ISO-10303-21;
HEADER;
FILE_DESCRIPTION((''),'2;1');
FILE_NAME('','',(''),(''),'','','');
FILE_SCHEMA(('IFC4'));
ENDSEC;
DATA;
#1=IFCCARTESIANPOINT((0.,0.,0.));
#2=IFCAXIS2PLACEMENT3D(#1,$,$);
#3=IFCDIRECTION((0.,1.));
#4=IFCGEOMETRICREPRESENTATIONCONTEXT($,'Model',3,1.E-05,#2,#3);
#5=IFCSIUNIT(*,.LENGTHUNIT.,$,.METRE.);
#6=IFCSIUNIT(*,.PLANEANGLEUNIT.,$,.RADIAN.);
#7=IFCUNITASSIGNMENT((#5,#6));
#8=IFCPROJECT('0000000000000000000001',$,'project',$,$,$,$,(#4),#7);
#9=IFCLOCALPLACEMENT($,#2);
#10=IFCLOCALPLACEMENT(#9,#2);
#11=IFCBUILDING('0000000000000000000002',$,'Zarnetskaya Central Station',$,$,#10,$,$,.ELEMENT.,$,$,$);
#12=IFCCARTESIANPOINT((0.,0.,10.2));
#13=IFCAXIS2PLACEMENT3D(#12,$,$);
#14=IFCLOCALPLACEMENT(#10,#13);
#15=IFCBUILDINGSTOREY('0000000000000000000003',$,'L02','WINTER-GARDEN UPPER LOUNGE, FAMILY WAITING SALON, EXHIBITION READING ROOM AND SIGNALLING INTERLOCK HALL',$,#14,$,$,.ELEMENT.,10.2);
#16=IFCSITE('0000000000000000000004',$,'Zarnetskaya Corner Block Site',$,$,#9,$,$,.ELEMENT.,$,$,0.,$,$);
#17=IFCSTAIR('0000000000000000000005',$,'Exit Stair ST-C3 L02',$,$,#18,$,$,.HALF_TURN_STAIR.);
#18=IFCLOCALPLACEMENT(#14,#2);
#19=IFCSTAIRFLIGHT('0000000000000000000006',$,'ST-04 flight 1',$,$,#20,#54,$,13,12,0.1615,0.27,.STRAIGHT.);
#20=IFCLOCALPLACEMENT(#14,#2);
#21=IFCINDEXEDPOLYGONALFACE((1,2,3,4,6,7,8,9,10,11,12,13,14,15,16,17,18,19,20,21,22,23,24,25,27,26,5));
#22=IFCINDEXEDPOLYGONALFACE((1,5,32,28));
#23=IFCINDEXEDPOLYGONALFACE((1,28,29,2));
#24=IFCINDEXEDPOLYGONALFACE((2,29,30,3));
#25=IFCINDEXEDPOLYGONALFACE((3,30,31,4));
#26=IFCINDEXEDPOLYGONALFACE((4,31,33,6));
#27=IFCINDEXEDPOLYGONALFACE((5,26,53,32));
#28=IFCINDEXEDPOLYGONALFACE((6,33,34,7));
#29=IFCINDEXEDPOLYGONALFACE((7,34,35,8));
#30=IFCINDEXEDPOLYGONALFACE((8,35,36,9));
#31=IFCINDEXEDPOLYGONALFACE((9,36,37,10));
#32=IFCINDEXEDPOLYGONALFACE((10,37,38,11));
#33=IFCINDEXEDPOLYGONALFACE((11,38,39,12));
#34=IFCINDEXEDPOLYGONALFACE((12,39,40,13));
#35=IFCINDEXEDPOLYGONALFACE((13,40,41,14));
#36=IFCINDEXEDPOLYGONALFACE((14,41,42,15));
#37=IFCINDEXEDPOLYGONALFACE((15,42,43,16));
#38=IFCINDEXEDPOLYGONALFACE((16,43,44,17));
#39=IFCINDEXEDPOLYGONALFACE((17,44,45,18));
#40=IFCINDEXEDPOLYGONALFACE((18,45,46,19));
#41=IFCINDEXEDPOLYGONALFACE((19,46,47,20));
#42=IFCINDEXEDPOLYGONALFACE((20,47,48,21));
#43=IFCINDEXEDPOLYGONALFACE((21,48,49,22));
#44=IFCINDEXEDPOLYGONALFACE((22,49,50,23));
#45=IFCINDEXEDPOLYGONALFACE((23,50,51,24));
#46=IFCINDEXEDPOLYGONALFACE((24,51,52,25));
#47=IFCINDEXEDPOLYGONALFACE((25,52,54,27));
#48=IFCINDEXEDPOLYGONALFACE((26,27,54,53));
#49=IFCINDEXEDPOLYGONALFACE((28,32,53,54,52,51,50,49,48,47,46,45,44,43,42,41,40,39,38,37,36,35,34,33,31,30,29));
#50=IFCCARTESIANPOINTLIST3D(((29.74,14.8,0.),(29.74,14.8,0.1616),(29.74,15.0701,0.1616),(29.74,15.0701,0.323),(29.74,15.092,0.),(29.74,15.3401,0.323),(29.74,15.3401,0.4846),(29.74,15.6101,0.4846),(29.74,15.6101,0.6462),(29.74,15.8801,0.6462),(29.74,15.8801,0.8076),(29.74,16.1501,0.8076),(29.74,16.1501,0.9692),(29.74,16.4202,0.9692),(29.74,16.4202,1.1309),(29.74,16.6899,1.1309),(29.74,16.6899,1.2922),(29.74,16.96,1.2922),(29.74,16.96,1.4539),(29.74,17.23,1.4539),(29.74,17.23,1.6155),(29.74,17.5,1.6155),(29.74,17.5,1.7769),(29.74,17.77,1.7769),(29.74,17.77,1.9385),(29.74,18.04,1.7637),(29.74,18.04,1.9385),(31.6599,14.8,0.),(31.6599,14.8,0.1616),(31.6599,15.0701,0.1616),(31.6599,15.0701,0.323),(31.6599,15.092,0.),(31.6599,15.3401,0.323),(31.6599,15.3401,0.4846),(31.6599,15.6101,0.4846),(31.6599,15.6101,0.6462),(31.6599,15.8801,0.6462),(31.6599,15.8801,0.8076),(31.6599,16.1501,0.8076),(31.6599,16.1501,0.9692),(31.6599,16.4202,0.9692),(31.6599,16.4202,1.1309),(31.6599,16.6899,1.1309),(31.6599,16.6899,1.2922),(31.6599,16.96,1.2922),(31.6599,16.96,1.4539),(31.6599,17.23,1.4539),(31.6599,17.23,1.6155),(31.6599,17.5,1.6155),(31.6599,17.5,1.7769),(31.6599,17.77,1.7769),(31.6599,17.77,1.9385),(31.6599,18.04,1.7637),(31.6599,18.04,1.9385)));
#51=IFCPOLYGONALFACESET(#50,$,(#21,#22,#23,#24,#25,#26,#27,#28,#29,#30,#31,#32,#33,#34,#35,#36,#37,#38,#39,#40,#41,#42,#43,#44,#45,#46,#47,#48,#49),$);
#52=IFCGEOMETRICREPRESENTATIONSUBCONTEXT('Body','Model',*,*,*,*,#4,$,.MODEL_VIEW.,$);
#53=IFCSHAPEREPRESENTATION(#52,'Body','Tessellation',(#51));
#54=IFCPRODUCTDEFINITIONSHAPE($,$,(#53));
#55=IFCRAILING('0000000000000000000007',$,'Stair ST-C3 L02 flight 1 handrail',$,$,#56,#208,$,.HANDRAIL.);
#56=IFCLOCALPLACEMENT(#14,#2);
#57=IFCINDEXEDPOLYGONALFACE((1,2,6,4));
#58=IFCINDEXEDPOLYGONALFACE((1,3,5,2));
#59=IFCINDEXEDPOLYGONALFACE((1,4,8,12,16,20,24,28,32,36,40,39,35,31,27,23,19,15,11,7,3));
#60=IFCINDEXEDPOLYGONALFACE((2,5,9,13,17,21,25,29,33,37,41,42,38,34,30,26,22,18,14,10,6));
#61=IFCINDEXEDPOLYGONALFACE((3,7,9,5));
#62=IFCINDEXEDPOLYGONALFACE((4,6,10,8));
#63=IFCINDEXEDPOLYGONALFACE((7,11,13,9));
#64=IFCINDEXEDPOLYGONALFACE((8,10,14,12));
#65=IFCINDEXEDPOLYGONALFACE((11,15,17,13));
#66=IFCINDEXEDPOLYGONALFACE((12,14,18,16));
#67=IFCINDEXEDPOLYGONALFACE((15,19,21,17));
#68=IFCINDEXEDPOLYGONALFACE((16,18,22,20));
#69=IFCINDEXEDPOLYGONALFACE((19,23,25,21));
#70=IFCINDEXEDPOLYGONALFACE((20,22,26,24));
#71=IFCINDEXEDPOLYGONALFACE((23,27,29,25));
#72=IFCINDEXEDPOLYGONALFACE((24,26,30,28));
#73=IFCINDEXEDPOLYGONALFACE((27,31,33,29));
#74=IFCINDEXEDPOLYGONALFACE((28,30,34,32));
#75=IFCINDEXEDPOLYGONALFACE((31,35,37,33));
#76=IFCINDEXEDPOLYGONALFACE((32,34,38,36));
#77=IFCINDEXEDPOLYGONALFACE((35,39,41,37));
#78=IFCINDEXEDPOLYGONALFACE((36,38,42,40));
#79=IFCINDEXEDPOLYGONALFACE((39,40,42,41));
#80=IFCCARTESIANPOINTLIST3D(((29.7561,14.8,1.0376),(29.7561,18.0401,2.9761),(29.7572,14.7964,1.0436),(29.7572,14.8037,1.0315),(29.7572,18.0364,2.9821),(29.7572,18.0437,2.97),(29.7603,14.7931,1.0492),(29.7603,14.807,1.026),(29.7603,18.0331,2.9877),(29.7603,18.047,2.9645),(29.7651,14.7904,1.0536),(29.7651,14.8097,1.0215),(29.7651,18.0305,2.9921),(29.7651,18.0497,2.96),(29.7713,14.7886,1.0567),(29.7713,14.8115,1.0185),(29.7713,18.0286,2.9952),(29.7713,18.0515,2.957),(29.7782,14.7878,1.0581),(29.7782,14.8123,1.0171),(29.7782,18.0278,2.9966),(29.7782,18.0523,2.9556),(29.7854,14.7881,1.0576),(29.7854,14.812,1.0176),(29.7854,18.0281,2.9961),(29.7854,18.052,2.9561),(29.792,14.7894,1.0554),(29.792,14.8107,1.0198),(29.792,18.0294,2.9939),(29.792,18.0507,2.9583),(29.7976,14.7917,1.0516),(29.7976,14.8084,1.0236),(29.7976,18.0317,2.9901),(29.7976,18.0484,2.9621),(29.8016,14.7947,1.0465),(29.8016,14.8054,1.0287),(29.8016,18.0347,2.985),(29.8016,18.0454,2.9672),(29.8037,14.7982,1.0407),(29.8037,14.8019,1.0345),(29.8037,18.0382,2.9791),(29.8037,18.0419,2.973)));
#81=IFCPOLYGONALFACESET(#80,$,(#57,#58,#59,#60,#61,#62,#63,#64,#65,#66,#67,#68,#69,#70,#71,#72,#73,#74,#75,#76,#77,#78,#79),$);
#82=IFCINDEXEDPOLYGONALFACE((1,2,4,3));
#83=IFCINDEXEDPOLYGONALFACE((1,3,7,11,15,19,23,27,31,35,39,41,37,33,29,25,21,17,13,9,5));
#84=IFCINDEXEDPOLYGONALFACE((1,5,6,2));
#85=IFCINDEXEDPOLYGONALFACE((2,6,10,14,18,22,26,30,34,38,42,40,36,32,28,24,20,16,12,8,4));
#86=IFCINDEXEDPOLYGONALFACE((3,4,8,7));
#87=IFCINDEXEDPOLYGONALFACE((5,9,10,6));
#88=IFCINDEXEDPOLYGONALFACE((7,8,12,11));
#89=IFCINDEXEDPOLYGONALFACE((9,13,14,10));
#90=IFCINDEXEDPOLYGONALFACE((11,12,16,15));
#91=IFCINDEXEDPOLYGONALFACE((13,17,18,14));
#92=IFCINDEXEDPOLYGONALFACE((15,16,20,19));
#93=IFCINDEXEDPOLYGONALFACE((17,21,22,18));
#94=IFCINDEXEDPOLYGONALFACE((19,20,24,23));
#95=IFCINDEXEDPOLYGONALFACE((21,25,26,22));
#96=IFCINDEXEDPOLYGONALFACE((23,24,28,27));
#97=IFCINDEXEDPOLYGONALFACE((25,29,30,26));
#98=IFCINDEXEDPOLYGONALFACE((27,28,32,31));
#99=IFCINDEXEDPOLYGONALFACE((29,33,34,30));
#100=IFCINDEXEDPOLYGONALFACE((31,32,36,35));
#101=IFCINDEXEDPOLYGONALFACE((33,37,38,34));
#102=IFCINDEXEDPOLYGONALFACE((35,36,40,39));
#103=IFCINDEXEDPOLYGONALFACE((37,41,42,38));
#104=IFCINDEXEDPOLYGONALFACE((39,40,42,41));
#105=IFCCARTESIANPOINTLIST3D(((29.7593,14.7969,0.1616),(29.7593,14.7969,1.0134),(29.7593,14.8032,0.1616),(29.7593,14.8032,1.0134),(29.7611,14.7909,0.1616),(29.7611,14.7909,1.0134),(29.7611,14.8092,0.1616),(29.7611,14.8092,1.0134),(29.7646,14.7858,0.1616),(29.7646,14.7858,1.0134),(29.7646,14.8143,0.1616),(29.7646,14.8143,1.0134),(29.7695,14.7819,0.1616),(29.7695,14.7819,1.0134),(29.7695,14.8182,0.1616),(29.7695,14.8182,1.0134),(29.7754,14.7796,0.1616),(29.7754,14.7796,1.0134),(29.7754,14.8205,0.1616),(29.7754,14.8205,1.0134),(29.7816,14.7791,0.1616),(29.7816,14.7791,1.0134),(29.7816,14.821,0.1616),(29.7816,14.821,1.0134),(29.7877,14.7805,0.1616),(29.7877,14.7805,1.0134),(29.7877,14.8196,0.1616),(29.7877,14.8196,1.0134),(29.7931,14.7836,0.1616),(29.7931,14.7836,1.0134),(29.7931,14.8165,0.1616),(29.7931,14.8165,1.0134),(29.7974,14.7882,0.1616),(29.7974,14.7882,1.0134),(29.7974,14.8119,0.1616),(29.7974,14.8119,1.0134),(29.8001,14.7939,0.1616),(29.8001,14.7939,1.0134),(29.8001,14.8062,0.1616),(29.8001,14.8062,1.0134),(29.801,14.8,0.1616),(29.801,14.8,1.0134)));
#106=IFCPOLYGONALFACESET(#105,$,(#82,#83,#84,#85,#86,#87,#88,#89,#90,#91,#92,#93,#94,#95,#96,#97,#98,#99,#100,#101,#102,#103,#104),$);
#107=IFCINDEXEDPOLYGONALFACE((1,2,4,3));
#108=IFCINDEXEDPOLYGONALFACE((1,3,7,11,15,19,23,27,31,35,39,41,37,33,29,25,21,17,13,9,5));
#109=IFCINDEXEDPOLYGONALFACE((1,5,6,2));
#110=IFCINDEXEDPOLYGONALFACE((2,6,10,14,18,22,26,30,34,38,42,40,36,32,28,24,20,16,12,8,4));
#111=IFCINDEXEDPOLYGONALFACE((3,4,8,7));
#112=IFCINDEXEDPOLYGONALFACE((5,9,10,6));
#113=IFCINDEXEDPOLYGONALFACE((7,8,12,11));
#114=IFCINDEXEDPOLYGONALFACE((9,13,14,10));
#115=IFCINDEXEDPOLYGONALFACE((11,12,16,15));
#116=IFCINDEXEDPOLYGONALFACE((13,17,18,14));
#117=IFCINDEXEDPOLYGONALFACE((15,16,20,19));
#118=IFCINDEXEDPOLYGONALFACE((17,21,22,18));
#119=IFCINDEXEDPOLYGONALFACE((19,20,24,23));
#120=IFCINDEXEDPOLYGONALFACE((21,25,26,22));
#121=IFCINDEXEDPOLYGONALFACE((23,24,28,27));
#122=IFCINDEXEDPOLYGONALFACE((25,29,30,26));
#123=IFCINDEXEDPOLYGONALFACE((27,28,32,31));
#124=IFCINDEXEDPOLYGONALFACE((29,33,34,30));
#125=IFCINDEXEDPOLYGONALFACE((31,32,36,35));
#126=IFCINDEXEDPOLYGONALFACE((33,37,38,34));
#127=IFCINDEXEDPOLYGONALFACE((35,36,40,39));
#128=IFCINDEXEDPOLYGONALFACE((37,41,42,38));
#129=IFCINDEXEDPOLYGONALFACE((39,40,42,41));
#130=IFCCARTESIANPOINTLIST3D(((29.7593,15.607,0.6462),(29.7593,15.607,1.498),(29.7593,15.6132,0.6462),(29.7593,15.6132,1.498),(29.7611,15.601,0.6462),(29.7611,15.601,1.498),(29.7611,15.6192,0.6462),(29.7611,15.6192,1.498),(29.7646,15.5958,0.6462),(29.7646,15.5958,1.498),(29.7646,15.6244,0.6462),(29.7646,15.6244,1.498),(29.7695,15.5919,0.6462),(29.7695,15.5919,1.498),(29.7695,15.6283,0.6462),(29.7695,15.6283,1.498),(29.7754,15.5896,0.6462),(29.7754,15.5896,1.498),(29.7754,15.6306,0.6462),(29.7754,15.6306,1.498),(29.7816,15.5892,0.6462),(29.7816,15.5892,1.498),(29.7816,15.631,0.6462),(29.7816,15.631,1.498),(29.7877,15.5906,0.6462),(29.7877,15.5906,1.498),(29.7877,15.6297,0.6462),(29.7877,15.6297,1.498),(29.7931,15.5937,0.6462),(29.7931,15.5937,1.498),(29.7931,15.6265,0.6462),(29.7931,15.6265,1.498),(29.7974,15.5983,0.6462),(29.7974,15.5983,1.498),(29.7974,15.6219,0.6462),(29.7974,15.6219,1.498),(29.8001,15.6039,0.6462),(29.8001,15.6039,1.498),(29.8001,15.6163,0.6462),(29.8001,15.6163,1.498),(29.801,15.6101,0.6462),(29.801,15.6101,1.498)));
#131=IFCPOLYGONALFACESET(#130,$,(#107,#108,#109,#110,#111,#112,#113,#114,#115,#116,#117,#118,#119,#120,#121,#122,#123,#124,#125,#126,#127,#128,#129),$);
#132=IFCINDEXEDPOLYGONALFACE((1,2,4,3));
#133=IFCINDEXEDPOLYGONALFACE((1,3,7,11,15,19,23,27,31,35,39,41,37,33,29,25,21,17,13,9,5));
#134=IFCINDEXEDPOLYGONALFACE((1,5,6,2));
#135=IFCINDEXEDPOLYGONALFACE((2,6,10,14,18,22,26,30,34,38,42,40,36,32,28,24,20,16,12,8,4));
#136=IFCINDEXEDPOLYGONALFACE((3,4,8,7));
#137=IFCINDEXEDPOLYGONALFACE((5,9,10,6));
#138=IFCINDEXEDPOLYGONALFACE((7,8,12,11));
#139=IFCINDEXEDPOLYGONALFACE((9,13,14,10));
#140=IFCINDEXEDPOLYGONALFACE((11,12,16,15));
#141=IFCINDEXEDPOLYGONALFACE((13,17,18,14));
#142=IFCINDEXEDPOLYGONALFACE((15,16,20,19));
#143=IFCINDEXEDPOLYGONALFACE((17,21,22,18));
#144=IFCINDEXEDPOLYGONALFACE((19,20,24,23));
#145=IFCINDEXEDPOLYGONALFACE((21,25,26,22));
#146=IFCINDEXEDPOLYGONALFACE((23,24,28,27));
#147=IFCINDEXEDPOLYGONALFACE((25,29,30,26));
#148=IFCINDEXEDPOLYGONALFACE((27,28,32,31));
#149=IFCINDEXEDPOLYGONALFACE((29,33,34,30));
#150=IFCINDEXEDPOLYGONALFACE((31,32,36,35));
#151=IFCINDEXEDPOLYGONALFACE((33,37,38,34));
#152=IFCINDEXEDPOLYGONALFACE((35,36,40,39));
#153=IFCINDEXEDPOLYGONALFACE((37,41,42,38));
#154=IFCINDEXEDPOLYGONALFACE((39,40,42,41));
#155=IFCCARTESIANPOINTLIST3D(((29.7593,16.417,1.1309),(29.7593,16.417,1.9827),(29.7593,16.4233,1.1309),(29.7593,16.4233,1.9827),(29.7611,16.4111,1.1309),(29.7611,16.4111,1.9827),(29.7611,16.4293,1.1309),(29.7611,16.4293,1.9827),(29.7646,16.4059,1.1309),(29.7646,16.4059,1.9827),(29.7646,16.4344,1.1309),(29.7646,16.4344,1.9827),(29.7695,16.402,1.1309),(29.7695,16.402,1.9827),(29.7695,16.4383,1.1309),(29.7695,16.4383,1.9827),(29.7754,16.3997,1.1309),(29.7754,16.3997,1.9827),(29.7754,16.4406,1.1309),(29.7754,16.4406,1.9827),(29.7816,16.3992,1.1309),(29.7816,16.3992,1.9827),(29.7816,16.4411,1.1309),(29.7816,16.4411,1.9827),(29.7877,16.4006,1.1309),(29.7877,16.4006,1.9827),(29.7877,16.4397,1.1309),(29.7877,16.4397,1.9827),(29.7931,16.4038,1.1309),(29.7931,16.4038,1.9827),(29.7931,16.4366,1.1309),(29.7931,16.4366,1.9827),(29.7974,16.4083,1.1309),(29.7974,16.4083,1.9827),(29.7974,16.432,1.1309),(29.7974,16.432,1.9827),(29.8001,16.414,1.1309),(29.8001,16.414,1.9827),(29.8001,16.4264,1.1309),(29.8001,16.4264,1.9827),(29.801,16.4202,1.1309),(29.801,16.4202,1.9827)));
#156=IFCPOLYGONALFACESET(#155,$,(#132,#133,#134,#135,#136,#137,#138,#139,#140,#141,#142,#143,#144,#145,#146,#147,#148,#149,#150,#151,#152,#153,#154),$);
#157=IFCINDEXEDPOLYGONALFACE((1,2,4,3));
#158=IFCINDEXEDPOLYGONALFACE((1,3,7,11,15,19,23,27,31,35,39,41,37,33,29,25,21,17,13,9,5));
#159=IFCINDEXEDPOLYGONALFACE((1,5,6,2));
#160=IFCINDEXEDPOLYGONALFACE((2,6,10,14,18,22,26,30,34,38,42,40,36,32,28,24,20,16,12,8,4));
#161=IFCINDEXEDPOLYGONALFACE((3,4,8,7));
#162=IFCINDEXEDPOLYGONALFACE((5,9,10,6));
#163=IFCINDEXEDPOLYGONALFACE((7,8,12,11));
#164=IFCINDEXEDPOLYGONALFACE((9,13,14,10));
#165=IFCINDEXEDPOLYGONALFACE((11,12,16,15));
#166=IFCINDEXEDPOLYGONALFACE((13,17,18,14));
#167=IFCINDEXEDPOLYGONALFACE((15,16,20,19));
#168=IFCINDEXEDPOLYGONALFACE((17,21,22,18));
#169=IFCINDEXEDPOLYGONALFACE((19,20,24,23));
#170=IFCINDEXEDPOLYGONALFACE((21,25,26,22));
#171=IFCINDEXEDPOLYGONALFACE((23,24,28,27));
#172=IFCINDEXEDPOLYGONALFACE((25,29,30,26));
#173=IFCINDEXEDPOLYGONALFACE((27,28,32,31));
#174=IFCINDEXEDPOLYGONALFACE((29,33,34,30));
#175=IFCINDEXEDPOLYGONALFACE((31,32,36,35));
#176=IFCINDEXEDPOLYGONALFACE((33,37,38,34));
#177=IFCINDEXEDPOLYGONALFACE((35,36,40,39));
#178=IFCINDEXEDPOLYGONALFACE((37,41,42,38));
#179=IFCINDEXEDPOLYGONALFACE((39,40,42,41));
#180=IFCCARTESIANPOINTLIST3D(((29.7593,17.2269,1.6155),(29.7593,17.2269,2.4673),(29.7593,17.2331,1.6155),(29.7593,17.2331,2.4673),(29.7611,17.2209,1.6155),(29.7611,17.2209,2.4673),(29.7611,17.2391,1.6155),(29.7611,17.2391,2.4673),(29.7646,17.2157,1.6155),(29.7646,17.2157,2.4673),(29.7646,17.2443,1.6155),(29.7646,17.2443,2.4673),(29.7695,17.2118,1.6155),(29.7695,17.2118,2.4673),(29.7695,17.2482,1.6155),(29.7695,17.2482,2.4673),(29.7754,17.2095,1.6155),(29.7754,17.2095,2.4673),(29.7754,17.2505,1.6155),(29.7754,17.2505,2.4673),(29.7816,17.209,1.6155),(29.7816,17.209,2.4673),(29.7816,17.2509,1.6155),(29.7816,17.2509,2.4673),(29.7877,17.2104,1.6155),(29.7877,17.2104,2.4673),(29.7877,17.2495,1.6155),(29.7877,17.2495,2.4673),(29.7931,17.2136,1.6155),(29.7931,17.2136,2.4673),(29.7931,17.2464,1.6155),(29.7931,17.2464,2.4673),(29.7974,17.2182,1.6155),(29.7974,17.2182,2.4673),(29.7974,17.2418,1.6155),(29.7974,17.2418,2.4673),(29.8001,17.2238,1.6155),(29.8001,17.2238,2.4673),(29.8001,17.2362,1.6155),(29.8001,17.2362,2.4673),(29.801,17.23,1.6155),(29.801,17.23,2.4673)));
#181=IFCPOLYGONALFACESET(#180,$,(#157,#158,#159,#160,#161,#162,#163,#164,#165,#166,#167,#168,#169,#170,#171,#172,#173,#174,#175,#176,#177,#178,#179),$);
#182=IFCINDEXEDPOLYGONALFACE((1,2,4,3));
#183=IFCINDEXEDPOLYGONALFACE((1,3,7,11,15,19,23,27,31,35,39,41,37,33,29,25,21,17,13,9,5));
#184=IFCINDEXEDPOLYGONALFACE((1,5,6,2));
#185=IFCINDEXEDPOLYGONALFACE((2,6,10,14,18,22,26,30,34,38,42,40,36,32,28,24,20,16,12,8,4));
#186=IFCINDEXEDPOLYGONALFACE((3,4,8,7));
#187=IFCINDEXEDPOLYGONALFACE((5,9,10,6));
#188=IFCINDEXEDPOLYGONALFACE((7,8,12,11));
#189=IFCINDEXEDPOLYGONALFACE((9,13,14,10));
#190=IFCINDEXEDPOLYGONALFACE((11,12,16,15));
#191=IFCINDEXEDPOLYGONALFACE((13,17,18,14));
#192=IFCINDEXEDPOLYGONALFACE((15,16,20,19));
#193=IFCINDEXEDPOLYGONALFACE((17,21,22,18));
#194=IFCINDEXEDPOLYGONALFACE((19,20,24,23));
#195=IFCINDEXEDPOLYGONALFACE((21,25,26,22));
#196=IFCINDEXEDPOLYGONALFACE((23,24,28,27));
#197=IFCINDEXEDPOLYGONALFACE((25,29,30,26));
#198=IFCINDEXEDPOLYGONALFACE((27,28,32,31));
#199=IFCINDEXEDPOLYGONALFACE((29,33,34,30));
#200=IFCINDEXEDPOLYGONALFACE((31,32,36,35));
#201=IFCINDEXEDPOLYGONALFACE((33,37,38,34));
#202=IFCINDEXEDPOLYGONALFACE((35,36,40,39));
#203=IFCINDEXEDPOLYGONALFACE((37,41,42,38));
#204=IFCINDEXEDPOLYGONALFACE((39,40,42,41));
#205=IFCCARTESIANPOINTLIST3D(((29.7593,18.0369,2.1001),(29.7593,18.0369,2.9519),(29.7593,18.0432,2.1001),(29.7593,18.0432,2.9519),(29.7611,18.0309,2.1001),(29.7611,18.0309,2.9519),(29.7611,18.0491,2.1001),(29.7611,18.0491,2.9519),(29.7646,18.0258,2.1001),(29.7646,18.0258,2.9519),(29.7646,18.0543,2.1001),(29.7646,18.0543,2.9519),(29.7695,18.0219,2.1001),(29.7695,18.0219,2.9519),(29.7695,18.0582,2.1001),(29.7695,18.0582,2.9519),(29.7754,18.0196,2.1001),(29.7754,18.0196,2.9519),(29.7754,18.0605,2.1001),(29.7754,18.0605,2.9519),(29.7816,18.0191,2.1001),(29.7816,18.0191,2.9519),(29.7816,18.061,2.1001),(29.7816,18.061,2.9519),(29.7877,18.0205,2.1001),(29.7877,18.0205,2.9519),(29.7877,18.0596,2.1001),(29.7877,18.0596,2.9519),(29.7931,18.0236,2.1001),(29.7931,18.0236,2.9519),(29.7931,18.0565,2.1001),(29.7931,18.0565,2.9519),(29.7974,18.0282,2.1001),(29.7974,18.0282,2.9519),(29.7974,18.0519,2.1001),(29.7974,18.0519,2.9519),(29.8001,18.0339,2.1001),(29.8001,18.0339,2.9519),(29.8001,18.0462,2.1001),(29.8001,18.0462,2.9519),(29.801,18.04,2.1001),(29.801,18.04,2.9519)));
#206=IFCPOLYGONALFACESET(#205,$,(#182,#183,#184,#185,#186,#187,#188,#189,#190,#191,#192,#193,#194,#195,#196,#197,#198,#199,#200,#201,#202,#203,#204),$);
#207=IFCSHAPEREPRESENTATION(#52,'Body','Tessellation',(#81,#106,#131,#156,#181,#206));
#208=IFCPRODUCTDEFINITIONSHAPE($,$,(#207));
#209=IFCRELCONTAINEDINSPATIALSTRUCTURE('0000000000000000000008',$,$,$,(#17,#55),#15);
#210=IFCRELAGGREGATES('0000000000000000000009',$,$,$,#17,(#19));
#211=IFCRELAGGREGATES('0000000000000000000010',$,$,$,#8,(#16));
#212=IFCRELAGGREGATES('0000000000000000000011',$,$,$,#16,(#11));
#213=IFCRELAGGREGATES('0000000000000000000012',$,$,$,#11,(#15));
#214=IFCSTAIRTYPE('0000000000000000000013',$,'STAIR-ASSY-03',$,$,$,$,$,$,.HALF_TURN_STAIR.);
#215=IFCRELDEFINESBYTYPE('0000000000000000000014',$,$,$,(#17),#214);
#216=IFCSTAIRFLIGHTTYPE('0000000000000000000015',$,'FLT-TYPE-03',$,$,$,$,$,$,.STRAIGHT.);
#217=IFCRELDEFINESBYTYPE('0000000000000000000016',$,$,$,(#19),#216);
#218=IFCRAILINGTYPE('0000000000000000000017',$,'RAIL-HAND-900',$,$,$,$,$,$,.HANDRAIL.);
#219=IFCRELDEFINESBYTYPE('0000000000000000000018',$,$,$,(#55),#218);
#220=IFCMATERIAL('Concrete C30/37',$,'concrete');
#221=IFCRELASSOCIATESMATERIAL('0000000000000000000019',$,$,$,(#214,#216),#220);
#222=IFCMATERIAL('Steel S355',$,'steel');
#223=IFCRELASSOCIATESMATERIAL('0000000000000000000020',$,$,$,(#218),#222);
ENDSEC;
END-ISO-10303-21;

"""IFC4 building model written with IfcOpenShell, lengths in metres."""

from ifc_helpers import new_model, si_unit, direction, frame, origin, origin_2d, place, context, subcontext, project, spatial, polyline, circle, outline, extrude, material, type_object, element, aggregate, save


model = new_model("IFC4")

# Units and contexts
model_context = context("Model", 3, precision=1e-05, world=origin(), true_north=direction((0.0, 1.0)))
body_context = subcontext(model_context, "Body", "Model", "MODEL_VIEW")
ifc_project = project(units=[si_unit("LENGTHUNIT", "METRE"), si_unit("PLANEANGLEUNIT", "RADIAN")], contexts=[model_context])

# Site, building, storey
site_placement = place(None, origin())
site = spatial("IfcSite", under=ifc_project, at=site_placement, Name="Zarnetskaya Corner Block Site", CompositionType="ELEMENT", RefElevation=0.0)
building_placement = place(site_placement, origin())
building = spatial("IfcBuilding", under=site, at=building_placement, Name="Zarnetskaya Central Station", CompositionType="ELEMENT")
storey_placement = place(building_placement, frame((0.0, 0.0, 10.2)))
storey = spatial("IfcBuildingStorey", under=building, at=storey_placement, Name="L02", Description="WINTER-GARDEN UPPER LOUNGE, FAMILY WAITING SALON, EXHIBITION READING ROOM AND SIGNALLING INTERLOCK HALL", CompositionType="ELEMENT", Elevation=10.2)

# Shared definitions
ifc_material_1 = material(Name="Steel S355", Category="steel")

# Stair, stair flight
ifc_material_2 = material(Name="Concrete C30/37", Category="concrete")
stair_type = type_object("IfcStairType", Name="STAIR-ASSY-03", PredefinedType="HALF_TURN_STAIR", material=ifc_material_2)
stair_placement = place(storey_placement, origin())
stair = element("IfcStair", 1, at=stair_placement, inside=storey, type_object=stair_type, Name="Exit Stair ST-C3 L02", PredefinedType="HALF_TURN_STAIR")
stair_flight_type = type_object("IfcStairFlightType", Name="FLT-TYPE-03", PredefinedType="STRAIGHT", material=ifc_material_2)
stair_flight_placement = place(storey_placement, frame((30.7, 14.8, 0.0), z_axis=(0.0, 0.0, 1.0), x_axis=(0.0, 1.0, 0.0)))
stair_flight = element("IfcStairFlight", 2, at=stair_flight_placement, type_object=stair_flight_type, Name="ST-04 flight 1", NumberOfRisers=13, NumberOfTreads=12, PredefinedType="STRAIGHT", RiserHeight=0.1615, TreadLength=0.27, context=body_context, shape_type="SweptSolid", body=[
    extrude(outline(polyline([(0.0, 0.0), (0.0, 0.1616), (0.27, 0.1616), (0.27, 0.323), (0.54, 0.323), (0.54, 0.4846), (0.8101, 0.4846), (0.8101, 0.6462), (1.0801, 0.6462), (1.0801, 0.8076), (1.3501, 0.8076), (1.3501, 0.9692), (1.6201, 0.9692), (1.6201, 1.1309), (1.8899, 1.1309), (1.8899, 1.2922), (2.1599, 1.2922), (2.1599, 1.4539), (2.4299, 1.4539), (2.4299, 1.6155), (2.7, 1.6155), (2.7, 1.7769), (2.97, 1.7769), (2.97, 1.9385), (3.24, 1.9385), (3.24, 2.1001), (3.24, 1.7637), (0.292, 0.0), (0.0, 0.0)])), frame((0.0, 0.96, 0.0), z_axis=(0.0, -1.0, 0.0), x_axis=(1.0, 0.0, 0.0)), (0.0, 0.0, 1.0), 1.9199),
])
aggregate(stair, [stair_flight])

# Railing
railing_type_1 = type_object("IfcRailingType", Name="RAIL-HAND-900", PredefinedType="HANDRAIL", material=ifc_material_1)
railing_1_placement = place(storey_placement, frame((29.78, 14.8, 0.1616)))
element("IfcRailing", 3, at=railing_1_placement, inside=storey, type_object=railing_type_1, Name="Stair ST-C3 L02 flight 1 handrail", PredefinedType="HANDRAIL", context=body_context, shape_type="SweptSolid", body=[
    extrude(circle(Radius=0.0239, at=origin_2d()), frame((0.0, 0.0, 0.876), z_axis=(0.0, 0.858137, 0.513421), x_axis=(-1.0, 0.0, 0.0)), (0.0, 0.0, 1.0), 3.7756),
    extrude(circle(Radius=0.021, at=origin_2d()), origin(), (0.0, 0.0, 1.0), 0.8518),
    extrude(circle(Radius=0.021, at=origin_2d()), frame((0.0, 0.8101, 0.4846)), (0.0, 0.0, 1.0), 0.8518),
    extrude(circle(Radius=0.021, at=origin_2d()), frame((0.0, 1.6201, 0.9692)), (0.0, 0.0, 1.0), 0.8518),
    extrude(circle(Radius=0.021, at=origin_2d()), frame((0.0, 2.4299, 1.4539)), (0.0, 0.0, 1.0), 0.8518),
    extrude(circle(Radius=0.021, at=origin_2d()), frame((0.0, 3.24, 1.9385)), (0.0, 0.0, 1.0), 0.8518),
])

save(model, "model.ifc")
